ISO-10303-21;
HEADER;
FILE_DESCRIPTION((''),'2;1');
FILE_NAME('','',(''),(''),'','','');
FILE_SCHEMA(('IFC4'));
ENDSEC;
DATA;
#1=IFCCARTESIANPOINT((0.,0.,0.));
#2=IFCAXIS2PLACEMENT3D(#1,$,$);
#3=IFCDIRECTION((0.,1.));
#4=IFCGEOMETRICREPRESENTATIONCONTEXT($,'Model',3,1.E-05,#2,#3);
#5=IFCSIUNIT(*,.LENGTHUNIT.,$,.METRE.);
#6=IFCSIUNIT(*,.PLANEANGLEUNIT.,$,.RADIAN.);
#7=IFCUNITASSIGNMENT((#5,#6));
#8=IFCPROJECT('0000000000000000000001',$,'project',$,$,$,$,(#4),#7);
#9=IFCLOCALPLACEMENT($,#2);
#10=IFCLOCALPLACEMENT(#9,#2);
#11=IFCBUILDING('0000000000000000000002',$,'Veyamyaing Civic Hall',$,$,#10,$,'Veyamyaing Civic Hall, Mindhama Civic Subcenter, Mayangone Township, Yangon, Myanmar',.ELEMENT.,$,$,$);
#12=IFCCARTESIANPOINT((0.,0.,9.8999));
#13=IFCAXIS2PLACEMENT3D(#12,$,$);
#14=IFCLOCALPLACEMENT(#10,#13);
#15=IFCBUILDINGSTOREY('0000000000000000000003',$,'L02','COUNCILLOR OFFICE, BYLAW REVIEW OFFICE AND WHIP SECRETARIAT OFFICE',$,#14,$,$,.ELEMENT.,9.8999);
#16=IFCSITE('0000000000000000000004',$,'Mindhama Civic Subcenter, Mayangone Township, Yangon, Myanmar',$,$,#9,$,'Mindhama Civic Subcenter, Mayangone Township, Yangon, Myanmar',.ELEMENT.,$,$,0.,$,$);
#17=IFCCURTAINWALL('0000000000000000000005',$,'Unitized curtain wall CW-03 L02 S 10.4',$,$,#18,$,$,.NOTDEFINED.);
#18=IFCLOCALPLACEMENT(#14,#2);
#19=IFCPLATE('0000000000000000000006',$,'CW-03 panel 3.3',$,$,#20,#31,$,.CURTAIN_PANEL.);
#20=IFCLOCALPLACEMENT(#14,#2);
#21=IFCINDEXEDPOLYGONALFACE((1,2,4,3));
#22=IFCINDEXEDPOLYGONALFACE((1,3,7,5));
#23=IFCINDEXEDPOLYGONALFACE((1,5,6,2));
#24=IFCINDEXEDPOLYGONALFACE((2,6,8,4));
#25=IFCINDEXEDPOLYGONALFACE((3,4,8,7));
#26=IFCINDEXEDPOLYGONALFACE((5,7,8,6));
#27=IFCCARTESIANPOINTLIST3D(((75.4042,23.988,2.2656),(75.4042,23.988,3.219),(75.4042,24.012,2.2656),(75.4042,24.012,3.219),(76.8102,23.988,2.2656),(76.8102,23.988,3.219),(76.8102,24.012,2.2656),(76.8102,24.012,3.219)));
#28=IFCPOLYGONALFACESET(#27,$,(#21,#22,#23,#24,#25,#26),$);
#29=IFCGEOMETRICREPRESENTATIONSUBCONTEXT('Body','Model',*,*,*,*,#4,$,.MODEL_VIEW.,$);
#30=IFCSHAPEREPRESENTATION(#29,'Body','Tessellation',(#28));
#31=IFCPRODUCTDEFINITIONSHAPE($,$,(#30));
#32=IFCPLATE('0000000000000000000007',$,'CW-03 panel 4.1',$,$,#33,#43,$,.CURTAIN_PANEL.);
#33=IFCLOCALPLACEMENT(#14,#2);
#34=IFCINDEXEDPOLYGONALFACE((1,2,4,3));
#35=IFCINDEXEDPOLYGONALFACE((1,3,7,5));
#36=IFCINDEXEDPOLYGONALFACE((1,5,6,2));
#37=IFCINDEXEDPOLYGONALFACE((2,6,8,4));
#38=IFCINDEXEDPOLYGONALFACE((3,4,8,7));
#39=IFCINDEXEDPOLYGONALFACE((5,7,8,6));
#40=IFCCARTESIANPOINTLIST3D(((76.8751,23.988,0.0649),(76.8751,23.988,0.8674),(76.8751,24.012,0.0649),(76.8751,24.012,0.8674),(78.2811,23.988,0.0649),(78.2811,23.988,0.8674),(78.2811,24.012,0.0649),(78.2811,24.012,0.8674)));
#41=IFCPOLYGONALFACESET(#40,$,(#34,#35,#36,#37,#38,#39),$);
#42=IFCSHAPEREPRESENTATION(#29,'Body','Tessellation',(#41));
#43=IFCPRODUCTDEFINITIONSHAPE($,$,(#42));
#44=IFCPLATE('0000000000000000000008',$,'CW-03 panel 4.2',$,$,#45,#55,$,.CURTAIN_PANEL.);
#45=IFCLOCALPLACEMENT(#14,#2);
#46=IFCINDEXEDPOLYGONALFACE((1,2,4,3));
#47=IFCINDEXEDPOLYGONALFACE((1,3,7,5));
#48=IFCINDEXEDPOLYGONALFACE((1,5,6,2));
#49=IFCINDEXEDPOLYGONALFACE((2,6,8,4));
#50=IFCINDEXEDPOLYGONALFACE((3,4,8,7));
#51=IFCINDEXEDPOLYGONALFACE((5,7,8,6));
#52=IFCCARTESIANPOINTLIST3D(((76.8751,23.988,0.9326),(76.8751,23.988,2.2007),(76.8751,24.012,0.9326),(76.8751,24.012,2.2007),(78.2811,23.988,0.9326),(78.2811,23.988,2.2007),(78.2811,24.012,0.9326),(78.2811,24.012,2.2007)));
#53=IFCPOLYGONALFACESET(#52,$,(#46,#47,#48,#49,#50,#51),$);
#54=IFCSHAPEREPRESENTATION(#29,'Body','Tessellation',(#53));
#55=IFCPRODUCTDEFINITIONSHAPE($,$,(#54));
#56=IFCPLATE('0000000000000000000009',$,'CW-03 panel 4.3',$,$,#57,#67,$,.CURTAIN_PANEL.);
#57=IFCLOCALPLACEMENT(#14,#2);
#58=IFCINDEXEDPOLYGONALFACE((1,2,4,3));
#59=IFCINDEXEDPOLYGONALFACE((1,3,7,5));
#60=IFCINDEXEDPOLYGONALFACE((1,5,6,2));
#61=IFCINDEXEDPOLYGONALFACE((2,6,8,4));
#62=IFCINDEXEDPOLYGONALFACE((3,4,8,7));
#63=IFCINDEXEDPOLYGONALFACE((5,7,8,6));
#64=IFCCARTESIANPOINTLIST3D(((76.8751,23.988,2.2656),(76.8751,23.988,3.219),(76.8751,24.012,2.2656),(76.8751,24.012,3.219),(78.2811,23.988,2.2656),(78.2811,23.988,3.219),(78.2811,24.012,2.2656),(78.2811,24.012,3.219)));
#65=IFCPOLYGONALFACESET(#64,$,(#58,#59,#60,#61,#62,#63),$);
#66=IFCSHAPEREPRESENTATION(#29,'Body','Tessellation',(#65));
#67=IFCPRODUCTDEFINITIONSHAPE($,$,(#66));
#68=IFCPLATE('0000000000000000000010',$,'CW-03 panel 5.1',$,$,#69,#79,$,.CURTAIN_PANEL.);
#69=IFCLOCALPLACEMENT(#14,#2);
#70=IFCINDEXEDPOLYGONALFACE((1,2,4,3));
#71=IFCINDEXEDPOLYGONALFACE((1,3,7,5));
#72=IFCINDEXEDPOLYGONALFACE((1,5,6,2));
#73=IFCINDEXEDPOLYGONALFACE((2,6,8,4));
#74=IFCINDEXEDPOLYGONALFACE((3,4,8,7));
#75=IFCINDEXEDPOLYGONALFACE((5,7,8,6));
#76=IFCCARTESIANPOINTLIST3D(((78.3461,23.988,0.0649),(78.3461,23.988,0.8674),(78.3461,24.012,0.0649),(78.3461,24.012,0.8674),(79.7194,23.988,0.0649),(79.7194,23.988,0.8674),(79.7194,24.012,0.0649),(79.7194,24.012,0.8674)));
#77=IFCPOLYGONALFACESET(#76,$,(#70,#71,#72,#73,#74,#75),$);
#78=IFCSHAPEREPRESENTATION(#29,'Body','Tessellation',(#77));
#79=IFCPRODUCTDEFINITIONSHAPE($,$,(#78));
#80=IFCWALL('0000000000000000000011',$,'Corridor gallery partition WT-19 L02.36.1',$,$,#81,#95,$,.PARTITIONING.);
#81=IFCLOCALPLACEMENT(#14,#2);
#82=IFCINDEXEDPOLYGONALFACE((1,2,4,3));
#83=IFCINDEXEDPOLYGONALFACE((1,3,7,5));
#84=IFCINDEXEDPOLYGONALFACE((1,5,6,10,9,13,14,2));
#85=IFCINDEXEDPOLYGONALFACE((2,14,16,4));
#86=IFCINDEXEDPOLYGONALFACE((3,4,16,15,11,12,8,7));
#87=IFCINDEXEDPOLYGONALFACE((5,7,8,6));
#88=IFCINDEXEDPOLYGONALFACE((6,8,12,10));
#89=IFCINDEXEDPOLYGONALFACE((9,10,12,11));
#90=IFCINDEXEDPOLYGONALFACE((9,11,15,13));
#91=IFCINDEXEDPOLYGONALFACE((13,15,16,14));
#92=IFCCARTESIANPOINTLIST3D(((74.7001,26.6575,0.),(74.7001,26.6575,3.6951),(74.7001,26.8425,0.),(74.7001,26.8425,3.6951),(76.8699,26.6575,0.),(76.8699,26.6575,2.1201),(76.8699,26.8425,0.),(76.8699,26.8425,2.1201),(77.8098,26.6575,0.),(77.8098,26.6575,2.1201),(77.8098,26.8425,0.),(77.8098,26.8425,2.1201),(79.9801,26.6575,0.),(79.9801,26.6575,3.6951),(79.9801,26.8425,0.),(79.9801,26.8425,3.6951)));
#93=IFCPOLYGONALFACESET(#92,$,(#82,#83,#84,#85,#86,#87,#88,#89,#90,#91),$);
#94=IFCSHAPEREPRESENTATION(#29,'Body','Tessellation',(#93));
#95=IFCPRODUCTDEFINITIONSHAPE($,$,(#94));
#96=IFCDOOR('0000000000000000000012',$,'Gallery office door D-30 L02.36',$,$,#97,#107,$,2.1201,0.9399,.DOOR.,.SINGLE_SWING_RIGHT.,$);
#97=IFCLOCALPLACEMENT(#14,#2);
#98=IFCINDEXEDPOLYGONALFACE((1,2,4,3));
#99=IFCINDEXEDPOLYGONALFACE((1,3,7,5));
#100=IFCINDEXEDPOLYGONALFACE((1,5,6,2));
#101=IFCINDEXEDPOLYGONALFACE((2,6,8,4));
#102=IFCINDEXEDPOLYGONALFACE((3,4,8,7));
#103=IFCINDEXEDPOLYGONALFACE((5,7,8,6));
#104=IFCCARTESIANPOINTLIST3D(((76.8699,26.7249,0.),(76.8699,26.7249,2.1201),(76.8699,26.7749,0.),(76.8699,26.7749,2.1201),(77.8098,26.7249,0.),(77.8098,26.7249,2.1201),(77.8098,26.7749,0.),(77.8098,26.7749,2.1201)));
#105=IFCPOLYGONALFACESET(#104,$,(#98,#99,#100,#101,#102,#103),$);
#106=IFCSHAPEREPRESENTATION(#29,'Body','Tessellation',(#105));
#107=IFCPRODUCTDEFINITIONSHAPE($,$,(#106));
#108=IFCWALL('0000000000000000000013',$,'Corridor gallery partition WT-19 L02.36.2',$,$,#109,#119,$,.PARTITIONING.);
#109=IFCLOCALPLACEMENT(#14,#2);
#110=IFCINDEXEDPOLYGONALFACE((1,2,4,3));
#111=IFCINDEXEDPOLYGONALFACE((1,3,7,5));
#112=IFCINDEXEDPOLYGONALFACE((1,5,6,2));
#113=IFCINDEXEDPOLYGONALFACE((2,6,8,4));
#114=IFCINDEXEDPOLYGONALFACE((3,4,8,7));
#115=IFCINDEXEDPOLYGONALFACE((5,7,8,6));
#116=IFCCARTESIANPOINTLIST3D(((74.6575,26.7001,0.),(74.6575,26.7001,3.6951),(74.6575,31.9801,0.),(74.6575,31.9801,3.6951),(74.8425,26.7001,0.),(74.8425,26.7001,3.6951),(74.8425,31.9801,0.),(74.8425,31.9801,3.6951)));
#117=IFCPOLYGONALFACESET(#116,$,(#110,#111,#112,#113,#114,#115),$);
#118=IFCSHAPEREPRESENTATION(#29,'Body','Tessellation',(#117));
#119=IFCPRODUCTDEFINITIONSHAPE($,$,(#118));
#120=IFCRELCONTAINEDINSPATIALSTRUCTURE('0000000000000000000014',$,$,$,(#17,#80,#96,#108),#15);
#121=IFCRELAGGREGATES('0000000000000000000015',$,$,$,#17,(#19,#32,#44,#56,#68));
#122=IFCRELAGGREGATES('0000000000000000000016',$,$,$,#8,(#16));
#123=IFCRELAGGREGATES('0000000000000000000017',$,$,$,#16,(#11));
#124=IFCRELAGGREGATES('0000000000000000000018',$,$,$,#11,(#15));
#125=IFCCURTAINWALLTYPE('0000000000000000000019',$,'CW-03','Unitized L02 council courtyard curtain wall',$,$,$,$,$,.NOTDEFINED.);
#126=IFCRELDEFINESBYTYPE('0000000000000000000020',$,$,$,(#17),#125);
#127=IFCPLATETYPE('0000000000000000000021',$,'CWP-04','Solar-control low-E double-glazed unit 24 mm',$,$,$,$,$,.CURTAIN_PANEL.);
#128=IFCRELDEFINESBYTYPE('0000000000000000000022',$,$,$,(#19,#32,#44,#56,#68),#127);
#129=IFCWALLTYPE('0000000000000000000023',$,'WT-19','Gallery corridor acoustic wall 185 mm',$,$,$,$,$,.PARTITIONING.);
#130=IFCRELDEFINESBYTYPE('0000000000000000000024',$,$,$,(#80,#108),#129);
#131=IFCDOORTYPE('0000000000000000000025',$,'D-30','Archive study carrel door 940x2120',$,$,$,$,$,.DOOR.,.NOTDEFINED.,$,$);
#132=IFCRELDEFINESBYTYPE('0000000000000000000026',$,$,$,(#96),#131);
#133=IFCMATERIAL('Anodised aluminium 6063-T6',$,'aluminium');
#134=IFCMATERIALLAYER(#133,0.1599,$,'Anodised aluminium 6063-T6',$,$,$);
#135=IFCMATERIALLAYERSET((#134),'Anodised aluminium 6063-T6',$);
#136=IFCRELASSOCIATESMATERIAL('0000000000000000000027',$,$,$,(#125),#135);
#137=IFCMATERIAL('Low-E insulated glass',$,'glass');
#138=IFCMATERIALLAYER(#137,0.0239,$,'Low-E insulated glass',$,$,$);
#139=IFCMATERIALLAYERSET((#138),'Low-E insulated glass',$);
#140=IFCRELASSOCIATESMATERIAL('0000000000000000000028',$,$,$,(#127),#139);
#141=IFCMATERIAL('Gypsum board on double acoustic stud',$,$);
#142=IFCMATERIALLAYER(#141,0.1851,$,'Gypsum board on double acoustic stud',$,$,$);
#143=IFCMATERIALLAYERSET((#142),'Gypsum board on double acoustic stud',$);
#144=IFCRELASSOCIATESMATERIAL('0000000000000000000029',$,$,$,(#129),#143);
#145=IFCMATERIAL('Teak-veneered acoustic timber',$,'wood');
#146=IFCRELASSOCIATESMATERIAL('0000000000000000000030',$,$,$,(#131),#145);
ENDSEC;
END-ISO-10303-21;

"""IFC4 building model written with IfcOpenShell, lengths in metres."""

from ifc_helpers import new_model, si_unit, direction, frame, frame_2d, origin, origin_2d, place, context, subcontext, project, spatial, rectangle, extrude, material, layer, layer_set, type_object, element, fill, aggregate, save


model = new_model("IFC4")

# Units and contexts
model_context = context("Model", 3, precision=1e-05, world=origin(), true_north=direction((0.0, 1.0)))
body_context = subcontext(model_context, "Body", "Model", "MODEL_VIEW")
ifc_project = project(units=[si_unit("LENGTHUNIT", "METRE"), si_unit("PLANEANGLEUNIT", "RADIAN")], contexts=[model_context])

# Site, building, storey
site_placement = place(None, origin())
site = spatial("IfcSite", under=ifc_project, at=site_placement, Name="Mindhama Civic Subcenter, Mayangone Township, Yangon, Myanmar", LongName="Mindhama Civic Subcenter, Mayangone Township, Yangon, Myanmar", CompositionType="ELEMENT", RefElevation=0.0)
building_placement = place(site_placement, origin())
building = spatial("IfcBuilding", under=site, at=building_placement, Name="Veyamyaing Civic Hall", LongName="Veyamyaing Civic Hall, Mindhama Civic Subcenter, Mayangone Township, Yangon, Myanmar", CompositionType="ELEMENT")
storey_placement = place(building_placement, frame((0.0, 0.0, 9.8999)))
storey = spatial("IfcBuildingStorey", under=building, at=storey_placement, Name="L02", Description="COUNCILLOR OFFICE, BYLAW REVIEW OFFICE AND WHIP SECRETARIAT OFFICE", CompositionType="ELEMENT", Elevation=9.8999)

# Curtain wall, plates
ifc_material_1 = material(Name="Anodised aluminium 6063-T6", Category="aluminium")
ifc_layer_1 = layer(ifc_material_1, 0.1599, Name="Anodised aluminium 6063-T6")
ifc_layer_set_1 = layer_set([ifc_layer_1], Name="Anodised aluminium 6063-T6")
curtain_wall_type = type_object("IfcCurtainWallType", Name="CW-03", Description="Unitized L02 council courtyard curtain wall", PredefinedType="NOTDEFINED", material=ifc_layer_set_1)
curtain_wall_placement = place(storey_placement, origin())
curtain_wall = element("IfcCurtainWall", 1, at=curtain_wall_placement, inside=storey, type_object=curtain_wall_type, Name="Unitized curtain wall CW-03 L02 S 10.4", PredefinedType="NOTDEFINED")
ifc_material_2 = material(Name="Low-E insulated glass", Category="glass")
ifc_layer_2 = layer(ifc_material_2, 0.0239, Name="Low-E insulated glass")
ifc_layer_set_2 = layer_set([ifc_layer_2], Name="Low-E insulated glass")
plate_type = type_object("IfcPlateType", Name="CWP-04", Description="Solar-control low-E double-glazed unit 24 mm", PredefinedType="CURTAIN_PANEL", material=ifc_layer_set_2)
plate_1_placement = place(storey_placement, frame((76.1072, 24.0, 2.2656), z_axis=(0.0, 0.0, 1.0), x_axis=(1.0, 0.0, 0.0)))
plate_1 = element("IfcPlate", 2, at=plate_1_placement, type_object=plate_type, Name="CW-03 panel 3.3", PredefinedType="CURTAIN_PANEL", context=body_context, shape_type="SweptSolid", body=[
    extrude(rectangle(XDim=1.406, YDim=0.0239, at=origin_2d()), origin(), (0.0, 0.0, 1.0), 0.9534),
])
plate_2_placement = place(storey_placement, frame((77.5781, 24.0, 0.0649), z_axis=(0.0, 0.0, 1.0), x_axis=(1.0, 0.0, 0.0)))
plate_2 = element("IfcPlate", 3, at=plate_2_placement, type_object=plate_type, Name="CW-03 panel 4.1", PredefinedType="CURTAIN_PANEL", context=body_context, shape_type="SweptSolid", body=[
    extrude(rectangle(XDim=1.406, YDim=0.0239, at=origin_2d()), origin(), (0.0, 0.0, 1.0), 0.8025),
])
plate_3_placement = place(storey_placement, frame((77.5781, 24.0, 0.9326), z_axis=(0.0, 0.0, 1.0), x_axis=(1.0, 0.0, 0.0)))
plate_3 = element("IfcPlate", 4, at=plate_3_placement, type_object=plate_type, Name="CW-03 panel 4.2", PredefinedType="CURTAIN_PANEL", context=body_context, shape_type="SweptSolid", body=[
    extrude(rectangle(XDim=1.406, YDim=0.0239, at=origin_2d()), origin(), (0.0, 0.0, 1.0), 1.2681),
])
plate_4_placement = place(storey_placement, frame((77.5781, 24.0, 2.2656), z_axis=(0.0, 0.0, 1.0), x_axis=(1.0, 0.0, 0.0)))
plate_4 = element("IfcPlate", 5, at=plate_4_placement, type_object=plate_type, Name="CW-03 panel 4.3", PredefinedType="CURTAIN_PANEL", context=body_context, shape_type="SweptSolid", body=[
    extrude(rectangle(XDim=1.406, YDim=0.0239, at=origin_2d()), origin(), (0.0, 0.0, 1.0), 0.9534),
])
plate_5_placement = place(storey_placement, frame((79.0327, 24.0, 0.0649), z_axis=(0.0, 0.0, 1.0), x_axis=(1.0, 0.0, 0.0)))
plate_5 = element("IfcPlate", 6, at=plate_5_placement, type_object=plate_type, Name="CW-03 panel 5.1", PredefinedType="CURTAIN_PANEL", context=body_context, shape_type="SweptSolid", body=[
    extrude(rectangle(XDim=1.3733, YDim=0.0239, at=origin_2d()), origin(), (0.0, 0.0, 1.0), 0.8025),
])
aggregate(curtain_wall, [plate_1, plate_2, plate_3, plate_4, plate_5])

# Wall, opening, door
ifc_material_3 = material(Name="Gypsum board on double acoustic stud")
ifc_layer_3 = layer(ifc_material_3, 0.1851, Name="Gypsum board on double acoustic stud")
ifc_layer_set_3 = layer_set([ifc_layer_3], Name="Gypsum board on double acoustic stud")
wall_type = type_object("IfcWallType", Name="WT-19", Description="Gallery corridor acoustic wall 185 mm", PredefinedType="PARTITIONING", material=ifc_layer_set_3)
wall_1_placement = place(storey_placement, frame((74.7, 26.75, 0.0), z_axis=(0.0, 0.0, 1.0), x_axis=(1.0, 0.0, 0.0)))
wall_1 = element("IfcWall", 7, at=wall_1_placement, inside=storey, type_object=wall_type, Name="Corridor gallery partition WT-19 L02.36.1", PredefinedType="PARTITIONING", context=body_context, shape_type="SweptSolid", body=[
    extrude(rectangle(XDim=5.28, YDim=0.1851, at=frame_2d((2.6401, 0.0))), origin(), (0.0, 0.0, 1.0), 3.6951),
])
opening_placement = place(wall_1_placement, frame((2.1699, 0.0, 0.0)))
opening = element("IfcOpeningElement", 8, at=opening_placement, cuts=wall_1, PredefinedType="OPENING", context=body_context, shape_type="SweptSolid", body=[
    extrude(rectangle(XDim=0.9399, YDim=2.1201, at=frame_2d((0.47, 1.0601))), frame((0.0, 0.1025, 0.0), z_axis=(0.0, -1.0, 0.0), x_axis=(1.0, 0.0, 0.0)), (0.0, 0.0, 1.0), 0.2051),
])
ifc_material_4 = material(Name="Teak-veneered acoustic timber", Category="wood")
door_type = type_object("IfcDoorType", Name="D-30", Description="Archive study carrel door 940x2120", OperationType="NOTDEFINED", PredefinedType="DOOR", material=ifc_material_4)
door_placement = place(opening_placement, origin())
door = element("IfcDoor", 9, at=door_placement, inside=storey, type_object=door_type, Name="Gallery office door D-30 L02.36", OperationType="SINGLE_SWING_RIGHT", OverallHeight=2.1201, OverallWidth=0.9399, PredefinedType="DOOR", context=body_context, shape_type="SweptSolid", body=[
    extrude(rectangle(XDim=0.9399, YDim=2.1201, at=frame_2d((0.47, 1.0601))), frame((0.0, 0.0249, 0.0), z_axis=(0.0, -1.0, 0.0), x_axis=(1.0, 0.0, 0.0)), (0.0, 0.0, 1.0), 0.05),
])
fill(opening, door)

# Wall
wall_2_placement = place(storey_placement, frame((74.75, 26.7, 0.0), z_axis=(0.0, 0.0, 1.0), x_axis=(0.0, 1.0, 0.0)))
element("IfcWall", 10, at=wall_2_placement, inside=storey, type_object=wall_type, Name="Corridor gallery partition WT-19 L02.36.2", PredefinedType="PARTITIONING", context=body_context, shape_type="SweptSolid", body=[
    extrude(rectangle(XDim=5.28, YDim=0.1851, at=frame_2d((2.6401, 0.0))), origin(), (0.0, 0.0, 1.0), 3.6951),
])

save(model, "model.ifc")
